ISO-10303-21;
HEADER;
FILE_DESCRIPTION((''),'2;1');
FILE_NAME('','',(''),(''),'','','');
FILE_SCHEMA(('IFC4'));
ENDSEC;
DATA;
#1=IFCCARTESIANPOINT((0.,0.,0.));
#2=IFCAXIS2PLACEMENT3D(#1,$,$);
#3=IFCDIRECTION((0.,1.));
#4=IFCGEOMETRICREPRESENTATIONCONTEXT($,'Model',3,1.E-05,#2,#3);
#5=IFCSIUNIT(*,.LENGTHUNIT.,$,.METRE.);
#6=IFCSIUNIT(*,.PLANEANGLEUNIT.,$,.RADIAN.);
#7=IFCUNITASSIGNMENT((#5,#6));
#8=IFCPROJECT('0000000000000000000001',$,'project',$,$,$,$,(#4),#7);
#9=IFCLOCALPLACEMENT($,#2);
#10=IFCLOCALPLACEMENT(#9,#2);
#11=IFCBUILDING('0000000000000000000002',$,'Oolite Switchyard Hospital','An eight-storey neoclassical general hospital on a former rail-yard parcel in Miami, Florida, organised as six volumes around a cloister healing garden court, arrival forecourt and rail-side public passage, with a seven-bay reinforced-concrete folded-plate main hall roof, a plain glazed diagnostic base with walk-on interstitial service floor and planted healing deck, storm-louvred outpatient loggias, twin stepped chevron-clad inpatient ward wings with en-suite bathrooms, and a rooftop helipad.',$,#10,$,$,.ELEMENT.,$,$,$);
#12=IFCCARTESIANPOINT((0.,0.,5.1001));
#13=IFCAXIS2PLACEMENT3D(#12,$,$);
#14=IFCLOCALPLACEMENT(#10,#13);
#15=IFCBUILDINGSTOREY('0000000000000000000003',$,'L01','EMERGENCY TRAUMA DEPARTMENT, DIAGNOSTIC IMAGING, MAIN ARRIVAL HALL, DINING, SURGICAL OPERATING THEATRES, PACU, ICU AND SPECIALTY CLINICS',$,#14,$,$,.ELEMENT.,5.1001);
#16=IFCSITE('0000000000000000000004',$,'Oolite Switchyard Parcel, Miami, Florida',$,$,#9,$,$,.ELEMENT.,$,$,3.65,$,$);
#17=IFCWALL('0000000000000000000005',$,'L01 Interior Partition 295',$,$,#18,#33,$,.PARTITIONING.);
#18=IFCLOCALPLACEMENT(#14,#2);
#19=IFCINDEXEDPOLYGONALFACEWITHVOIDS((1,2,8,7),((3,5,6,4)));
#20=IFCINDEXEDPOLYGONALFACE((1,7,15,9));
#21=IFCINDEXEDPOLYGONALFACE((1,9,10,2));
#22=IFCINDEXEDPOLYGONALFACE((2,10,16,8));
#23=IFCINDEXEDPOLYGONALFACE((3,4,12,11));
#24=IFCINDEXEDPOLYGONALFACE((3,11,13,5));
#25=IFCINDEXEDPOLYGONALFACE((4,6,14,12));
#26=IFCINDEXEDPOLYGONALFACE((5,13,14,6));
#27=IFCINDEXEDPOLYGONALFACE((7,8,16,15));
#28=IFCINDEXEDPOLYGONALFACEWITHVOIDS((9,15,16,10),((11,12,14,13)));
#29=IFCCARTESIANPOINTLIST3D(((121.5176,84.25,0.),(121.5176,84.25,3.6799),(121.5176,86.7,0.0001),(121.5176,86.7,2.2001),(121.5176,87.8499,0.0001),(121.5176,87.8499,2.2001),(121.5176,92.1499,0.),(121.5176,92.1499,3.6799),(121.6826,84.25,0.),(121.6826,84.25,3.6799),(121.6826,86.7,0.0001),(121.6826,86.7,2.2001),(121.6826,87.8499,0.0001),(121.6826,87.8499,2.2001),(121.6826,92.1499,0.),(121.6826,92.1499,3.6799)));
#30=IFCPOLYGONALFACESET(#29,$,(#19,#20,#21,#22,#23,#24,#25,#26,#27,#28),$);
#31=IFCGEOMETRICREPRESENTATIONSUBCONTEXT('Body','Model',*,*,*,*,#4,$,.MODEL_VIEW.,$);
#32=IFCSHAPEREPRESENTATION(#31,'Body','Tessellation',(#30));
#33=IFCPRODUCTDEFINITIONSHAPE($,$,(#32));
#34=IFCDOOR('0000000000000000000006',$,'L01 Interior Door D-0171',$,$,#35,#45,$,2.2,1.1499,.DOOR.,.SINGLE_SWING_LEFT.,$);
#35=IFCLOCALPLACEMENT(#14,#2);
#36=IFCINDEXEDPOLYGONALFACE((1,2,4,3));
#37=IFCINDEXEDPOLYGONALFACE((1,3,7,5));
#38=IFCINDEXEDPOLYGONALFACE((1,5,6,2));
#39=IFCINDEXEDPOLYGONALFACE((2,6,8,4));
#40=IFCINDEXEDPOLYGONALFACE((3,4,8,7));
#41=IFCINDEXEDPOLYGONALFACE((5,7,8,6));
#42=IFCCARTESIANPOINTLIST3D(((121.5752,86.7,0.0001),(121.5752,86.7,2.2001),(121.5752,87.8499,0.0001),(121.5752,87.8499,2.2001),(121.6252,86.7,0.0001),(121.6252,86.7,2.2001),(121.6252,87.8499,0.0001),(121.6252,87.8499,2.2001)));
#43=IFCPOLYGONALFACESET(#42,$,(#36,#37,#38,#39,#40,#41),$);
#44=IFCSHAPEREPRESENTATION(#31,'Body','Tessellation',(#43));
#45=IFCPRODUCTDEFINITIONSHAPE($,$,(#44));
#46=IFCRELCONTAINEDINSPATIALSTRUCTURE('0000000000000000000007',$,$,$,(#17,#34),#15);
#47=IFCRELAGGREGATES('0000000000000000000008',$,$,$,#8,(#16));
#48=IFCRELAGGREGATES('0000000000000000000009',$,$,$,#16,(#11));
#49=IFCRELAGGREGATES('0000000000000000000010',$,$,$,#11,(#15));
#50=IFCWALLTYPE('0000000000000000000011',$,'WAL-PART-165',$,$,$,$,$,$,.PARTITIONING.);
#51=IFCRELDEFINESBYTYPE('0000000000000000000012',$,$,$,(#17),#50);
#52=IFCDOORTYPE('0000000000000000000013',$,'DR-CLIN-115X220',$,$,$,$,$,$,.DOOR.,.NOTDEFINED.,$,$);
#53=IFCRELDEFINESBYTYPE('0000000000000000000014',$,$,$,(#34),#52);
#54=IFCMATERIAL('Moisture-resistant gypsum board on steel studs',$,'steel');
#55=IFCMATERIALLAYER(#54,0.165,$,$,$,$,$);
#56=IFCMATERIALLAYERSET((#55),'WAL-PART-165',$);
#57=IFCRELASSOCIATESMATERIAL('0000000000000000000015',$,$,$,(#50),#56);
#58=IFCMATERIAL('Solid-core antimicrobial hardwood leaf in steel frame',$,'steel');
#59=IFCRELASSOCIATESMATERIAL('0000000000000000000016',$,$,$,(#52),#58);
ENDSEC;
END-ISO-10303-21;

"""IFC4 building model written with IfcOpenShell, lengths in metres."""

from ifc_helpers import new_model, si_unit, direction, frame, frame_2d, origin, place, context, subcontext, project, spatial, rectangle, extrude, material, layer, layer_set, type_object, element, fill, save


model = new_model("IFC4")

# Units and contexts
model_context = context("Model", 3, precision=1e-05, world=origin(), true_north=direction((0.0, 1.0)))
body_context = subcontext(model_context, "Body", "Model", "MODEL_VIEW")
ifc_project = project(units=[si_unit("LENGTHUNIT", "METRE"), si_unit("PLANEANGLEUNIT", "RADIAN")], contexts=[model_context])

# Site, building, storey
site_placement = place(None, origin())
site = spatial("IfcSite", under=ifc_project, at=site_placement, Name="Oolite Switchyard Parcel, Miami, Florida", CompositionType="ELEMENT", RefElevation=3.65)
building_placement = place(site_placement, origin())
building = spatial("IfcBuilding", under=site, at=building_placement, Name="Oolite Switchyard Hospital", Description="An eight-storey neoclassical general hospital on a former rail-yard parcel in Miami, Florida, organised as six volumes around a cloister healing garden court, arrival forecourt and rail-side public passage, with a seven-bay reinforced-concrete folded-plate main hall roof, a plain glazed diagnostic base with walk-on interstitial service floor and planted healing deck, storm-louvred outpatient loggias, twin stepped chevron-clad inpatient ward wings with en-suite bathrooms, and a rooftop helipad.", CompositionType="ELEMENT")
storey_placement = place(building_placement, frame((0.0, 0.0, 5.1001)))
storey = spatial("IfcBuildingStorey", under=building, at=storey_placement, Name="L01", Description="EMERGENCY TRAUMA DEPARTMENT, DIAGNOSTIC IMAGING, MAIN ARRIVAL HALL, DINING, SURGICAL OPERATING THEATRES, PACU, ICU AND SPECIALTY CLINICS", CompositionType="ELEMENT", Elevation=5.1001)

# Shared definitions
ifc_material_1 = material(Name="Moisture-resistant gypsum board on steel studs", Category="steel")

# Wall, opening, door
ifc_layer_1 = layer(ifc_material_1, 0.165)
ifc_layer_set_1 = layer_set([ifc_layer_1], Name="WAL-PART-165")
wall_type_1 = type_object("IfcWallType", Name="WAL-PART-165", PredefinedType="PARTITIONING", material=ifc_layer_set_1)
wall_placement = place(storey_placement, frame((121.6001, 84.25, 0.0), z_axis=(0.0, 0.0, 1.0), x_axis=(0.0, 1.0, 0.0)))
wall = element("IfcWall", 1, at=wall_placement, inside=storey, type_object=wall_type_1, Name="L01 Interior Partition 295", PredefinedType="PARTITIONING", context=body_context, shape_type="SweptSolid", body=[
    extrude(rectangle(XDim=7.8999, YDim=0.165, at=frame_2d((3.95, 0.0))), origin(), (0.0, 0.0, 1.0), 3.6799),
])
opening_placement = place(wall_placement, frame((2.45, 0.0, 0.0)))
opening = element("IfcOpeningElement", 2, at=opening_placement, cuts=wall, PredefinedType="OPENING", context=body_context, shape_type="SweptSolid", body=[
    extrude(rectangle(XDim=1.1499, YDim=2.2, at=frame_2d((0.575, 1.1001))), frame((0.0, 0.0925, 0.0), z_axis=(0.0, -1.0, 0.0), x_axis=(1.0, 0.0, 0.0)), (0.0, 0.0, 1.0), 0.1851),
])
ifc_material_2 = material(Name="Solid-core antimicrobial hardwood leaf in steel frame", Category="steel")
door_type = type_object("IfcDoorType", Name="DR-CLIN-115X220", OperationType="NOTDEFINED", PredefinedType="DOOR", material=ifc_material_2)
door_placement = place(opening_placement, origin())
door = element("IfcDoor", 3, at=door_placement, inside=storey, type_object=door_type, Name="L01 Interior Door D-0171", OperationType="SINGLE_SWING_LEFT", OverallHeight=2.2, OverallWidth=1.1499, PredefinedType="DOOR", context=body_context, shape_type="SweptSolid", body=[
    extrude(rectangle(XDim=1.1499, YDim=2.2, at=frame_2d((0.575, 1.1001))), frame((0.0, 0.0249, 0.0), z_axis=(0.0, -1.0, 0.0), x_axis=(1.0, 0.0, 0.0)), (0.0, 0.0, 1.0), 0.05),
])
fill(opening, door)

save(model, "model.ifc")
